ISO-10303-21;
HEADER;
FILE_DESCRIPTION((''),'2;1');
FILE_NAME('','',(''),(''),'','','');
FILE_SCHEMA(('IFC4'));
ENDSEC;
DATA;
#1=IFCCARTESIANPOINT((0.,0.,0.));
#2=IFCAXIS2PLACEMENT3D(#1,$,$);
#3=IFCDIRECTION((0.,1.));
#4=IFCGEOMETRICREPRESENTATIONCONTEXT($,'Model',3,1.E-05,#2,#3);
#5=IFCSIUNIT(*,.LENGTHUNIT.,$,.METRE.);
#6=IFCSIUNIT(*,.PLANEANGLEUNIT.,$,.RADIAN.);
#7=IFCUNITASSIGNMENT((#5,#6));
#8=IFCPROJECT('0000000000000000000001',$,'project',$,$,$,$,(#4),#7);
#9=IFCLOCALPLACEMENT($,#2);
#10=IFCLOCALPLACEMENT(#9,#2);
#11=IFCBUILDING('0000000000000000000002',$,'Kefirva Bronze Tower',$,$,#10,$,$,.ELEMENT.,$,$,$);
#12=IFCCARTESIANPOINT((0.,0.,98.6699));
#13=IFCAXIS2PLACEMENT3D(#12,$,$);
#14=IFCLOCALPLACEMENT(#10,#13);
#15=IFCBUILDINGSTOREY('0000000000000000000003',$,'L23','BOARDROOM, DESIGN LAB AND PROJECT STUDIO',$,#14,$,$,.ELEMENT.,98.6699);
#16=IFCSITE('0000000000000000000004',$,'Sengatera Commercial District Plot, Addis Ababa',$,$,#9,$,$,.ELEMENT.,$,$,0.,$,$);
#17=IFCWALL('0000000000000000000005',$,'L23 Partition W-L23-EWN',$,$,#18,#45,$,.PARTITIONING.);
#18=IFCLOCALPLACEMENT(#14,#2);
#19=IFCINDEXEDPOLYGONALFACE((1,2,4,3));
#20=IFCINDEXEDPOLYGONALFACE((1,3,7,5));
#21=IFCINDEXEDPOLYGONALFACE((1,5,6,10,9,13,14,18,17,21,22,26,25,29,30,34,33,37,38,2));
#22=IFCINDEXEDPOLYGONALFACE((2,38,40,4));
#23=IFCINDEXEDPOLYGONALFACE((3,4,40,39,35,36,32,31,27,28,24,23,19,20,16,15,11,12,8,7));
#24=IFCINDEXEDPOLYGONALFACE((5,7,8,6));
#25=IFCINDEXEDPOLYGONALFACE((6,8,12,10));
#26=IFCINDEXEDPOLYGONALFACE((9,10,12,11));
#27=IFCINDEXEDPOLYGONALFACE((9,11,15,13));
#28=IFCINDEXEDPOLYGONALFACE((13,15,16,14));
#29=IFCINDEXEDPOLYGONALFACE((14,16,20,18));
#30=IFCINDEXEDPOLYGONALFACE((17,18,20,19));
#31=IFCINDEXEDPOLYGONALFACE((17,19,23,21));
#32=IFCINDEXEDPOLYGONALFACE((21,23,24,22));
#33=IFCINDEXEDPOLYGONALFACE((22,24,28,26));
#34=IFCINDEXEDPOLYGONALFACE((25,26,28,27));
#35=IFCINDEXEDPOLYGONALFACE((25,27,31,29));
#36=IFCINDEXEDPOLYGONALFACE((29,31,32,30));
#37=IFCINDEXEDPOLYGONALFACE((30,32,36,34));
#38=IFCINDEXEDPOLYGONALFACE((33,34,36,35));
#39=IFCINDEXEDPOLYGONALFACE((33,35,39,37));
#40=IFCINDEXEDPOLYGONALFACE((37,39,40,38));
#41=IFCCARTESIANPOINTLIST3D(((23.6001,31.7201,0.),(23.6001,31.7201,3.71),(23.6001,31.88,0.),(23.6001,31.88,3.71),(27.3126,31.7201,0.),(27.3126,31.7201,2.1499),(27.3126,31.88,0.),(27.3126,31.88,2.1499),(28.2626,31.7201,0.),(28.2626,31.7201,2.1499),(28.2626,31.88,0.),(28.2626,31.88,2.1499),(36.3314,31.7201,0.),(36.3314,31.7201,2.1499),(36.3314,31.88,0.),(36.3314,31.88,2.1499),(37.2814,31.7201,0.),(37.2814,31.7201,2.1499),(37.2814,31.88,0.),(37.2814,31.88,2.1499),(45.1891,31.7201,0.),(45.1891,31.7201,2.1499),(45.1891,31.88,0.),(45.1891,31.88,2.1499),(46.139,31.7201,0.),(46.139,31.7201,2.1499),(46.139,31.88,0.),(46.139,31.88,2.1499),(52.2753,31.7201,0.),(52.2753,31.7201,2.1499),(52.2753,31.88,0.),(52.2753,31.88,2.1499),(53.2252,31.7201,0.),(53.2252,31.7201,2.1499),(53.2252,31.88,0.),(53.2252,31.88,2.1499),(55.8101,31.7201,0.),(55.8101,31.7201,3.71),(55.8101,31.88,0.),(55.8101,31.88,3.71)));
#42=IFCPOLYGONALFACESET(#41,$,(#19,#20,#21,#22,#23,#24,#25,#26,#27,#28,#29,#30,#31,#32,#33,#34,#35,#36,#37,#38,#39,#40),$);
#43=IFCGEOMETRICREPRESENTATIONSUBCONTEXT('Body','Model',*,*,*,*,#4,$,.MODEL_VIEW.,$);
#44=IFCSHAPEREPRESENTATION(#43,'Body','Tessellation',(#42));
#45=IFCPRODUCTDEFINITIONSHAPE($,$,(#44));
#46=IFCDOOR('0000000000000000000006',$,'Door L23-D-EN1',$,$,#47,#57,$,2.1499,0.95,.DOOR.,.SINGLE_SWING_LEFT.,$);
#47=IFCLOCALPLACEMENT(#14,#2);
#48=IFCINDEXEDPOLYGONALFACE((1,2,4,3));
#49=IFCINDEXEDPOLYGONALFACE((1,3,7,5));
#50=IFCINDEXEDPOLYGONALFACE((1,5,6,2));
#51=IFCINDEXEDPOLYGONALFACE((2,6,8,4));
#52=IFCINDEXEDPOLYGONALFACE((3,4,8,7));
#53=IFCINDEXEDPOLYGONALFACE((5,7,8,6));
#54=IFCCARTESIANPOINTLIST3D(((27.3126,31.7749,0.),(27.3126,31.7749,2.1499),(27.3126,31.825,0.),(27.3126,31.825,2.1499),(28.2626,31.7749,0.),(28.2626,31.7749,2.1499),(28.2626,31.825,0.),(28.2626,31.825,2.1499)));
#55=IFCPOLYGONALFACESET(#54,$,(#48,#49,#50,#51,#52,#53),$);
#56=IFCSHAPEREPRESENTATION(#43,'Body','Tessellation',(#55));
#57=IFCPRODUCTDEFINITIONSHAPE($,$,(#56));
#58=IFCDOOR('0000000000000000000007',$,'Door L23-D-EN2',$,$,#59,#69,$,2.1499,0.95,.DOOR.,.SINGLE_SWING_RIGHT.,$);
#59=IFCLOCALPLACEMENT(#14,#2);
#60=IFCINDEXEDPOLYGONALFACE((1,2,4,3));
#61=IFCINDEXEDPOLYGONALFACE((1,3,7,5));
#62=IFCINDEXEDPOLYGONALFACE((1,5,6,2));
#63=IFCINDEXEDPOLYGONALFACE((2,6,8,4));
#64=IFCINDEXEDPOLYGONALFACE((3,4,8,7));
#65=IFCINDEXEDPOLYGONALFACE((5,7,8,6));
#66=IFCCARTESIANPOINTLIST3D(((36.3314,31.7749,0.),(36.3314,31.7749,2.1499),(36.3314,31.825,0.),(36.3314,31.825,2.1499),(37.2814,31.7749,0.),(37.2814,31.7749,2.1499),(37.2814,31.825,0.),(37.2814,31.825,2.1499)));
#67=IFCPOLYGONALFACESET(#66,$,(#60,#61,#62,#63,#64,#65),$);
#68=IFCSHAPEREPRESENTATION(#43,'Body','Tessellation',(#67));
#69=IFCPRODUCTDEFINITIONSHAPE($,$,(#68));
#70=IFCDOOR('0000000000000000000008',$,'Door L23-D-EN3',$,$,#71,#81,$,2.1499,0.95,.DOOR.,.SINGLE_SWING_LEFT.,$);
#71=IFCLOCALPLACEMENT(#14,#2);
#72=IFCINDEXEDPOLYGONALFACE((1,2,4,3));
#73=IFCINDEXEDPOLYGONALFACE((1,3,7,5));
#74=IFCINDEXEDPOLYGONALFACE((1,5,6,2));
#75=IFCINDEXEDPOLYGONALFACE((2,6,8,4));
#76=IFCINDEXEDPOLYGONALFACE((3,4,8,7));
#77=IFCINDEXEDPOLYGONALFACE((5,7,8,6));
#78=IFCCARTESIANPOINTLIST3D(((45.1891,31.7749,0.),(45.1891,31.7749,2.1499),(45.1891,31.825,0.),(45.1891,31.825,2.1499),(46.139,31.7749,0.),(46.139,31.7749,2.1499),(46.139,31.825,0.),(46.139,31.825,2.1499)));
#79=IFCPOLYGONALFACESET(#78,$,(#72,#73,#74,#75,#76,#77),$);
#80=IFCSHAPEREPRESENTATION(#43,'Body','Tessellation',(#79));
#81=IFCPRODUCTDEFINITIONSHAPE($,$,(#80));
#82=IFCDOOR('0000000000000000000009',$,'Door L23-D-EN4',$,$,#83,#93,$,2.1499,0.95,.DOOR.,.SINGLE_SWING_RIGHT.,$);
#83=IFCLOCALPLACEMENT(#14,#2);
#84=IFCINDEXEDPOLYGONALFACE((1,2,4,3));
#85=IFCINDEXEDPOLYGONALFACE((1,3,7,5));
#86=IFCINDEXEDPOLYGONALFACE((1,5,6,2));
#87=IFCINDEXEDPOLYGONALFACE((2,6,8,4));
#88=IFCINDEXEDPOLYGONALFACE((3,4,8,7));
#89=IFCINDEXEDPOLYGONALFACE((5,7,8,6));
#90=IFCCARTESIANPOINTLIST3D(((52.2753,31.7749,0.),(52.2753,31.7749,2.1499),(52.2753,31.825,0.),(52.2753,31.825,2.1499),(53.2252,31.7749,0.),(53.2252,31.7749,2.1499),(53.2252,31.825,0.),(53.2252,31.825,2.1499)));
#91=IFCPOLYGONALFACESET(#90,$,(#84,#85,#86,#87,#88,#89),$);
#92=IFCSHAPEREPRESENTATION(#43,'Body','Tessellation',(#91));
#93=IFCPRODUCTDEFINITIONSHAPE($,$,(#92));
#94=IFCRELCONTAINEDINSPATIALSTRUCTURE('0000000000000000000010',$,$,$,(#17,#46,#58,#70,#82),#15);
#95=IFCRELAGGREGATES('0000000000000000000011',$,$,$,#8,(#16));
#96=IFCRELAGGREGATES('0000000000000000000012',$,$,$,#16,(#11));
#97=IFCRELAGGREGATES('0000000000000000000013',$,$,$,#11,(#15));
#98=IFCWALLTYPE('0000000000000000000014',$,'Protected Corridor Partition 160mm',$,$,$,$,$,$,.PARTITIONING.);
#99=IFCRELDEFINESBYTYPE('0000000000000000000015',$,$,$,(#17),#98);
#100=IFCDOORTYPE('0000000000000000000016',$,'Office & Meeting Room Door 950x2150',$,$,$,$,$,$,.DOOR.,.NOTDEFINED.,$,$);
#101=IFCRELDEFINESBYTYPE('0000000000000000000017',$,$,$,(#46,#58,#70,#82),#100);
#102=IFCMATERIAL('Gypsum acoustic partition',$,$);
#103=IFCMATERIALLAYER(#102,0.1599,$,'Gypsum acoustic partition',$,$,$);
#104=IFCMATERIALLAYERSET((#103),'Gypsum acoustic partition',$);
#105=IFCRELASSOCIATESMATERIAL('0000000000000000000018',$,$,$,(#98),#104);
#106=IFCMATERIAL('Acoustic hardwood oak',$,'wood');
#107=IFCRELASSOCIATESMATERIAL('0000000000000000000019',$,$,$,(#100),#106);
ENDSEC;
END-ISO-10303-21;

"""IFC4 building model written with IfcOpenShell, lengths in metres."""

from ifc_helpers import new_model, si_unit, direction, frame, frame_2d, origin, place, context, subcontext, project, spatial, rectangle, extrude, material, layer, layer_set, type_object, element, fill, save


model = new_model("IFC4")

# Units and contexts
model_context = context("Model", 3, precision=1e-05, world=origin(), true_north=direction((0.0, 1.0)))
body_context = subcontext(model_context, "Body", "Model", "MODEL_VIEW")
ifc_project = project(units=[si_unit("LENGTHUNIT", "METRE"), si_unit("PLANEANGLEUNIT", "RADIAN")], contexts=[model_context])

# Site, building, storey
site_placement = place(None, origin())
site = spatial("IfcSite", under=ifc_project, at=site_placement, Name="Sengatera Commercial District Plot, Addis Ababa", CompositionType="ELEMENT", RefElevation=0.0)
building_placement = place(site_placement, origin())
building = spatial("IfcBuilding", under=site, at=building_placement, Name="Kefirva Bronze Tower", CompositionType="ELEMENT")
storey_placement = place(building_placement, frame((0.0, 0.0, 98.6699)))
storey = spatial("IfcBuildingStorey", under=building, at=storey_placement, Name="L23", Description="BOARDROOM, DESIGN LAB AND PROJECT STUDIO", CompositionType="ELEMENT", Elevation=98.6699)

# Shared definitions
ifc_material_1 = material(Name="Gypsum acoustic partition")

# Wall, openings, doors
ifc_layer_1 = layer(ifc_material_1, 0.1599, Name="Gypsum acoustic partition")
ifc_layer_set_1 = layer_set([ifc_layer_1], Name="Gypsum acoustic partition")
wall_type_1 = type_object("IfcWallType", Name="Protected Corridor Partition 160mm", PredefinedType="PARTITIONING", material=ifc_layer_set_1)
ifc_material_2 = material(Name="Acoustic hardwood oak", Category="wood")
door_type = type_object("IfcDoorType", Name="Office & Meeting Room Door 950x2150", OperationType="NOTDEFINED", PredefinedType="DOOR", material=ifc_material_2)
wall_1_placement = place(storey_placement, frame((23.6001, 31.8, 0.0), z_axis=(0.0, 0.0, 1.0), x_axis=(1.0, 0.0, 0.0)))
wall_1 = element("IfcWall", 1, at=wall_1_placement, inside=storey, type_object=wall_type_1, Name="L23 Partition W-L23-EWN", PredefinedType="PARTITIONING", context=body_context, shape_type="SweptSolid", body=[
    extrude(rectangle(XDim=32.21, YDim=0.1599, at=frame_2d((16.105, 0.0))), origin(), (0.0, 0.0, 1.0), 3.71),
])
opening_1_placement = place(wall_1_placement, frame((3.7124, 0.0, 0.0)))
opening_1 = element("IfcOpeningElement", 2, at=opening_1_placement, cuts=wall_1, PredefinedType="OPENING", context=body_context, shape_type="SweptSolid", body=[
    extrude(rectangle(XDim=0.95, YDim=2.1499, at=frame_2d((0.4751, 1.075))), frame((0.0, 0.0898, 0.0), z_axis=(0.0, -1.0, 0.0), x_axis=(1.0, 0.0, 0.0)), (0.0, 0.0, 1.0), 0.1799),
])
opening_2_placement = place(wall_1_placement, frame((12.7312, 0.0, 0.0)))
opening_2 = element("IfcOpeningElement", 3, at=opening_2_placement, cuts=wall_1, PredefinedType="OPENING", context=body_context, shape_type="SweptSolid", body=[
    extrude(rectangle(XDim=0.95, YDim=2.1499, at=frame_2d((0.4751, 1.075))), frame((0.0, 0.0898, 0.0), z_axis=(0.0, -1.0, 0.0), x_axis=(1.0, 0.0, 0.0)), (0.0, 0.0, 1.0), 0.1799),
])
opening_3_placement = place(wall_1_placement, frame((21.5889, 0.0, 0.0)))
opening_3 = element("IfcOpeningElement", 4, at=opening_3_placement, cuts=wall_1, PredefinedType="OPENING", context=body_context, shape_type="SweptSolid", body=[
    extrude(rectangle(XDim=0.95, YDim=2.1499, at=frame_2d((0.4751, 1.075))), frame((0.0, 0.0898, 0.0), z_axis=(0.0, -1.0, 0.0), x_axis=(1.0, 0.0, 0.0)), (0.0, 0.0, 1.0), 0.1799),
])
opening_4_placement = place(wall_1_placement, frame((28.675, 0.0, 0.0)))
opening_4 = element("IfcOpeningElement", 5, at=opening_4_placement, cuts=wall_1, PredefinedType="OPENING", context=body_context, shape_type="SweptSolid", body=[
    extrude(rectangle(XDim=0.95, YDim=2.1499, at=frame_2d((0.4751, 1.075))), frame((0.0, 0.0898, 0.0), z_axis=(0.0, -1.0, 0.0), x_axis=(1.0, 0.0, 0.0)), (0.0, 0.0, 1.0), 0.1799),
])
door_1_placement = place(opening_1_placement, origin())
door_1 = element("IfcDoor", 6, at=door_1_placement, inside=storey, type_object=door_type, Name="Door L23-D-EN1", OperationType="SINGLE_SWING_LEFT", OverallHeight=2.1499, OverallWidth=0.95, PredefinedType="DOOR", context=body_context, shape_type="SweptSolid", body=[
    extrude(rectangle(XDim=0.95, YDim=2.1499, at=frame_2d((0.4751, 1.075))), frame((0.0, 0.0249, 0.0), z_axis=(0.0, -1.0, 0.0), x_axis=(1.0, 0.0, 0.0)), (0.0, 0.0, 1.0), 0.05),
])
fill(opening_1, door_1)
door_2_placement = place(opening_2_placement, origin())
door_2 = element("IfcDoor", 7, at=door_2_placement, inside=storey, type_object=door_type, Name="Door L23-D-EN2", OperationType="SINGLE_SWING_RIGHT", OverallHeight=2.1499, OverallWidth=0.95, PredefinedType="DOOR", context=body_context, shape_type="SweptSolid", body=[
    extrude(rectangle(XDim=0.95, YDim=2.1499, at=frame_2d((0.4751, 1.075))), frame((0.0, 0.0249, 0.0), z_axis=(0.0, -1.0, 0.0), x_axis=(1.0, 0.0, 0.0)), (0.0, 0.0, 1.0), 0.05),
])
fill(opening_2, door_2)
door_3_placement = place(opening_3_placement, origin())
door_3 = element("IfcDoor", 8, at=door_3_placement, inside=storey, type_object=door_type, Name="Door L23-D-EN3", OperationType="SINGLE_SWING_LEFT", OverallHeight=2.1499, OverallWidth=0.95, PredefinedType="DOOR", context=body_context, shape_type="SweptSolid", body=[
    extrude(rectangle(XDim=0.95, YDim=2.1499, at=frame_2d((0.4751, 1.075))), frame((0.0, 0.0249, 0.0), z_axis=(0.0, -1.0, 0.0), x_axis=(1.0, 0.0, 0.0)), (0.0, 0.0, 1.0), 0.05),
])
fill(opening_3, door_3)
door_4_placement = place(opening_4_placement, origin())
door_4 = element("IfcDoor", 9, at=door_4_placement, inside=storey, type_object=door_type, Name="Door L23-D-EN4", OperationType="SINGLE_SWING_RIGHT", OverallHeight=2.1499, OverallWidth=0.95, PredefinedType="DOOR", context=body_context, shape_type="SweptSolid", body=[
    extrude(rectangle(XDim=0.95, YDim=2.1499, at=frame_2d((0.4751, 1.075))), frame((0.0, 0.0249, 0.0), z_axis=(0.0, -1.0, 0.0), x_axis=(1.0, 0.0, 0.0)), (0.0, 0.0, 1.0), 0.05),
])
fill(opening_4, door_4)

save(model, "model.ifc")
